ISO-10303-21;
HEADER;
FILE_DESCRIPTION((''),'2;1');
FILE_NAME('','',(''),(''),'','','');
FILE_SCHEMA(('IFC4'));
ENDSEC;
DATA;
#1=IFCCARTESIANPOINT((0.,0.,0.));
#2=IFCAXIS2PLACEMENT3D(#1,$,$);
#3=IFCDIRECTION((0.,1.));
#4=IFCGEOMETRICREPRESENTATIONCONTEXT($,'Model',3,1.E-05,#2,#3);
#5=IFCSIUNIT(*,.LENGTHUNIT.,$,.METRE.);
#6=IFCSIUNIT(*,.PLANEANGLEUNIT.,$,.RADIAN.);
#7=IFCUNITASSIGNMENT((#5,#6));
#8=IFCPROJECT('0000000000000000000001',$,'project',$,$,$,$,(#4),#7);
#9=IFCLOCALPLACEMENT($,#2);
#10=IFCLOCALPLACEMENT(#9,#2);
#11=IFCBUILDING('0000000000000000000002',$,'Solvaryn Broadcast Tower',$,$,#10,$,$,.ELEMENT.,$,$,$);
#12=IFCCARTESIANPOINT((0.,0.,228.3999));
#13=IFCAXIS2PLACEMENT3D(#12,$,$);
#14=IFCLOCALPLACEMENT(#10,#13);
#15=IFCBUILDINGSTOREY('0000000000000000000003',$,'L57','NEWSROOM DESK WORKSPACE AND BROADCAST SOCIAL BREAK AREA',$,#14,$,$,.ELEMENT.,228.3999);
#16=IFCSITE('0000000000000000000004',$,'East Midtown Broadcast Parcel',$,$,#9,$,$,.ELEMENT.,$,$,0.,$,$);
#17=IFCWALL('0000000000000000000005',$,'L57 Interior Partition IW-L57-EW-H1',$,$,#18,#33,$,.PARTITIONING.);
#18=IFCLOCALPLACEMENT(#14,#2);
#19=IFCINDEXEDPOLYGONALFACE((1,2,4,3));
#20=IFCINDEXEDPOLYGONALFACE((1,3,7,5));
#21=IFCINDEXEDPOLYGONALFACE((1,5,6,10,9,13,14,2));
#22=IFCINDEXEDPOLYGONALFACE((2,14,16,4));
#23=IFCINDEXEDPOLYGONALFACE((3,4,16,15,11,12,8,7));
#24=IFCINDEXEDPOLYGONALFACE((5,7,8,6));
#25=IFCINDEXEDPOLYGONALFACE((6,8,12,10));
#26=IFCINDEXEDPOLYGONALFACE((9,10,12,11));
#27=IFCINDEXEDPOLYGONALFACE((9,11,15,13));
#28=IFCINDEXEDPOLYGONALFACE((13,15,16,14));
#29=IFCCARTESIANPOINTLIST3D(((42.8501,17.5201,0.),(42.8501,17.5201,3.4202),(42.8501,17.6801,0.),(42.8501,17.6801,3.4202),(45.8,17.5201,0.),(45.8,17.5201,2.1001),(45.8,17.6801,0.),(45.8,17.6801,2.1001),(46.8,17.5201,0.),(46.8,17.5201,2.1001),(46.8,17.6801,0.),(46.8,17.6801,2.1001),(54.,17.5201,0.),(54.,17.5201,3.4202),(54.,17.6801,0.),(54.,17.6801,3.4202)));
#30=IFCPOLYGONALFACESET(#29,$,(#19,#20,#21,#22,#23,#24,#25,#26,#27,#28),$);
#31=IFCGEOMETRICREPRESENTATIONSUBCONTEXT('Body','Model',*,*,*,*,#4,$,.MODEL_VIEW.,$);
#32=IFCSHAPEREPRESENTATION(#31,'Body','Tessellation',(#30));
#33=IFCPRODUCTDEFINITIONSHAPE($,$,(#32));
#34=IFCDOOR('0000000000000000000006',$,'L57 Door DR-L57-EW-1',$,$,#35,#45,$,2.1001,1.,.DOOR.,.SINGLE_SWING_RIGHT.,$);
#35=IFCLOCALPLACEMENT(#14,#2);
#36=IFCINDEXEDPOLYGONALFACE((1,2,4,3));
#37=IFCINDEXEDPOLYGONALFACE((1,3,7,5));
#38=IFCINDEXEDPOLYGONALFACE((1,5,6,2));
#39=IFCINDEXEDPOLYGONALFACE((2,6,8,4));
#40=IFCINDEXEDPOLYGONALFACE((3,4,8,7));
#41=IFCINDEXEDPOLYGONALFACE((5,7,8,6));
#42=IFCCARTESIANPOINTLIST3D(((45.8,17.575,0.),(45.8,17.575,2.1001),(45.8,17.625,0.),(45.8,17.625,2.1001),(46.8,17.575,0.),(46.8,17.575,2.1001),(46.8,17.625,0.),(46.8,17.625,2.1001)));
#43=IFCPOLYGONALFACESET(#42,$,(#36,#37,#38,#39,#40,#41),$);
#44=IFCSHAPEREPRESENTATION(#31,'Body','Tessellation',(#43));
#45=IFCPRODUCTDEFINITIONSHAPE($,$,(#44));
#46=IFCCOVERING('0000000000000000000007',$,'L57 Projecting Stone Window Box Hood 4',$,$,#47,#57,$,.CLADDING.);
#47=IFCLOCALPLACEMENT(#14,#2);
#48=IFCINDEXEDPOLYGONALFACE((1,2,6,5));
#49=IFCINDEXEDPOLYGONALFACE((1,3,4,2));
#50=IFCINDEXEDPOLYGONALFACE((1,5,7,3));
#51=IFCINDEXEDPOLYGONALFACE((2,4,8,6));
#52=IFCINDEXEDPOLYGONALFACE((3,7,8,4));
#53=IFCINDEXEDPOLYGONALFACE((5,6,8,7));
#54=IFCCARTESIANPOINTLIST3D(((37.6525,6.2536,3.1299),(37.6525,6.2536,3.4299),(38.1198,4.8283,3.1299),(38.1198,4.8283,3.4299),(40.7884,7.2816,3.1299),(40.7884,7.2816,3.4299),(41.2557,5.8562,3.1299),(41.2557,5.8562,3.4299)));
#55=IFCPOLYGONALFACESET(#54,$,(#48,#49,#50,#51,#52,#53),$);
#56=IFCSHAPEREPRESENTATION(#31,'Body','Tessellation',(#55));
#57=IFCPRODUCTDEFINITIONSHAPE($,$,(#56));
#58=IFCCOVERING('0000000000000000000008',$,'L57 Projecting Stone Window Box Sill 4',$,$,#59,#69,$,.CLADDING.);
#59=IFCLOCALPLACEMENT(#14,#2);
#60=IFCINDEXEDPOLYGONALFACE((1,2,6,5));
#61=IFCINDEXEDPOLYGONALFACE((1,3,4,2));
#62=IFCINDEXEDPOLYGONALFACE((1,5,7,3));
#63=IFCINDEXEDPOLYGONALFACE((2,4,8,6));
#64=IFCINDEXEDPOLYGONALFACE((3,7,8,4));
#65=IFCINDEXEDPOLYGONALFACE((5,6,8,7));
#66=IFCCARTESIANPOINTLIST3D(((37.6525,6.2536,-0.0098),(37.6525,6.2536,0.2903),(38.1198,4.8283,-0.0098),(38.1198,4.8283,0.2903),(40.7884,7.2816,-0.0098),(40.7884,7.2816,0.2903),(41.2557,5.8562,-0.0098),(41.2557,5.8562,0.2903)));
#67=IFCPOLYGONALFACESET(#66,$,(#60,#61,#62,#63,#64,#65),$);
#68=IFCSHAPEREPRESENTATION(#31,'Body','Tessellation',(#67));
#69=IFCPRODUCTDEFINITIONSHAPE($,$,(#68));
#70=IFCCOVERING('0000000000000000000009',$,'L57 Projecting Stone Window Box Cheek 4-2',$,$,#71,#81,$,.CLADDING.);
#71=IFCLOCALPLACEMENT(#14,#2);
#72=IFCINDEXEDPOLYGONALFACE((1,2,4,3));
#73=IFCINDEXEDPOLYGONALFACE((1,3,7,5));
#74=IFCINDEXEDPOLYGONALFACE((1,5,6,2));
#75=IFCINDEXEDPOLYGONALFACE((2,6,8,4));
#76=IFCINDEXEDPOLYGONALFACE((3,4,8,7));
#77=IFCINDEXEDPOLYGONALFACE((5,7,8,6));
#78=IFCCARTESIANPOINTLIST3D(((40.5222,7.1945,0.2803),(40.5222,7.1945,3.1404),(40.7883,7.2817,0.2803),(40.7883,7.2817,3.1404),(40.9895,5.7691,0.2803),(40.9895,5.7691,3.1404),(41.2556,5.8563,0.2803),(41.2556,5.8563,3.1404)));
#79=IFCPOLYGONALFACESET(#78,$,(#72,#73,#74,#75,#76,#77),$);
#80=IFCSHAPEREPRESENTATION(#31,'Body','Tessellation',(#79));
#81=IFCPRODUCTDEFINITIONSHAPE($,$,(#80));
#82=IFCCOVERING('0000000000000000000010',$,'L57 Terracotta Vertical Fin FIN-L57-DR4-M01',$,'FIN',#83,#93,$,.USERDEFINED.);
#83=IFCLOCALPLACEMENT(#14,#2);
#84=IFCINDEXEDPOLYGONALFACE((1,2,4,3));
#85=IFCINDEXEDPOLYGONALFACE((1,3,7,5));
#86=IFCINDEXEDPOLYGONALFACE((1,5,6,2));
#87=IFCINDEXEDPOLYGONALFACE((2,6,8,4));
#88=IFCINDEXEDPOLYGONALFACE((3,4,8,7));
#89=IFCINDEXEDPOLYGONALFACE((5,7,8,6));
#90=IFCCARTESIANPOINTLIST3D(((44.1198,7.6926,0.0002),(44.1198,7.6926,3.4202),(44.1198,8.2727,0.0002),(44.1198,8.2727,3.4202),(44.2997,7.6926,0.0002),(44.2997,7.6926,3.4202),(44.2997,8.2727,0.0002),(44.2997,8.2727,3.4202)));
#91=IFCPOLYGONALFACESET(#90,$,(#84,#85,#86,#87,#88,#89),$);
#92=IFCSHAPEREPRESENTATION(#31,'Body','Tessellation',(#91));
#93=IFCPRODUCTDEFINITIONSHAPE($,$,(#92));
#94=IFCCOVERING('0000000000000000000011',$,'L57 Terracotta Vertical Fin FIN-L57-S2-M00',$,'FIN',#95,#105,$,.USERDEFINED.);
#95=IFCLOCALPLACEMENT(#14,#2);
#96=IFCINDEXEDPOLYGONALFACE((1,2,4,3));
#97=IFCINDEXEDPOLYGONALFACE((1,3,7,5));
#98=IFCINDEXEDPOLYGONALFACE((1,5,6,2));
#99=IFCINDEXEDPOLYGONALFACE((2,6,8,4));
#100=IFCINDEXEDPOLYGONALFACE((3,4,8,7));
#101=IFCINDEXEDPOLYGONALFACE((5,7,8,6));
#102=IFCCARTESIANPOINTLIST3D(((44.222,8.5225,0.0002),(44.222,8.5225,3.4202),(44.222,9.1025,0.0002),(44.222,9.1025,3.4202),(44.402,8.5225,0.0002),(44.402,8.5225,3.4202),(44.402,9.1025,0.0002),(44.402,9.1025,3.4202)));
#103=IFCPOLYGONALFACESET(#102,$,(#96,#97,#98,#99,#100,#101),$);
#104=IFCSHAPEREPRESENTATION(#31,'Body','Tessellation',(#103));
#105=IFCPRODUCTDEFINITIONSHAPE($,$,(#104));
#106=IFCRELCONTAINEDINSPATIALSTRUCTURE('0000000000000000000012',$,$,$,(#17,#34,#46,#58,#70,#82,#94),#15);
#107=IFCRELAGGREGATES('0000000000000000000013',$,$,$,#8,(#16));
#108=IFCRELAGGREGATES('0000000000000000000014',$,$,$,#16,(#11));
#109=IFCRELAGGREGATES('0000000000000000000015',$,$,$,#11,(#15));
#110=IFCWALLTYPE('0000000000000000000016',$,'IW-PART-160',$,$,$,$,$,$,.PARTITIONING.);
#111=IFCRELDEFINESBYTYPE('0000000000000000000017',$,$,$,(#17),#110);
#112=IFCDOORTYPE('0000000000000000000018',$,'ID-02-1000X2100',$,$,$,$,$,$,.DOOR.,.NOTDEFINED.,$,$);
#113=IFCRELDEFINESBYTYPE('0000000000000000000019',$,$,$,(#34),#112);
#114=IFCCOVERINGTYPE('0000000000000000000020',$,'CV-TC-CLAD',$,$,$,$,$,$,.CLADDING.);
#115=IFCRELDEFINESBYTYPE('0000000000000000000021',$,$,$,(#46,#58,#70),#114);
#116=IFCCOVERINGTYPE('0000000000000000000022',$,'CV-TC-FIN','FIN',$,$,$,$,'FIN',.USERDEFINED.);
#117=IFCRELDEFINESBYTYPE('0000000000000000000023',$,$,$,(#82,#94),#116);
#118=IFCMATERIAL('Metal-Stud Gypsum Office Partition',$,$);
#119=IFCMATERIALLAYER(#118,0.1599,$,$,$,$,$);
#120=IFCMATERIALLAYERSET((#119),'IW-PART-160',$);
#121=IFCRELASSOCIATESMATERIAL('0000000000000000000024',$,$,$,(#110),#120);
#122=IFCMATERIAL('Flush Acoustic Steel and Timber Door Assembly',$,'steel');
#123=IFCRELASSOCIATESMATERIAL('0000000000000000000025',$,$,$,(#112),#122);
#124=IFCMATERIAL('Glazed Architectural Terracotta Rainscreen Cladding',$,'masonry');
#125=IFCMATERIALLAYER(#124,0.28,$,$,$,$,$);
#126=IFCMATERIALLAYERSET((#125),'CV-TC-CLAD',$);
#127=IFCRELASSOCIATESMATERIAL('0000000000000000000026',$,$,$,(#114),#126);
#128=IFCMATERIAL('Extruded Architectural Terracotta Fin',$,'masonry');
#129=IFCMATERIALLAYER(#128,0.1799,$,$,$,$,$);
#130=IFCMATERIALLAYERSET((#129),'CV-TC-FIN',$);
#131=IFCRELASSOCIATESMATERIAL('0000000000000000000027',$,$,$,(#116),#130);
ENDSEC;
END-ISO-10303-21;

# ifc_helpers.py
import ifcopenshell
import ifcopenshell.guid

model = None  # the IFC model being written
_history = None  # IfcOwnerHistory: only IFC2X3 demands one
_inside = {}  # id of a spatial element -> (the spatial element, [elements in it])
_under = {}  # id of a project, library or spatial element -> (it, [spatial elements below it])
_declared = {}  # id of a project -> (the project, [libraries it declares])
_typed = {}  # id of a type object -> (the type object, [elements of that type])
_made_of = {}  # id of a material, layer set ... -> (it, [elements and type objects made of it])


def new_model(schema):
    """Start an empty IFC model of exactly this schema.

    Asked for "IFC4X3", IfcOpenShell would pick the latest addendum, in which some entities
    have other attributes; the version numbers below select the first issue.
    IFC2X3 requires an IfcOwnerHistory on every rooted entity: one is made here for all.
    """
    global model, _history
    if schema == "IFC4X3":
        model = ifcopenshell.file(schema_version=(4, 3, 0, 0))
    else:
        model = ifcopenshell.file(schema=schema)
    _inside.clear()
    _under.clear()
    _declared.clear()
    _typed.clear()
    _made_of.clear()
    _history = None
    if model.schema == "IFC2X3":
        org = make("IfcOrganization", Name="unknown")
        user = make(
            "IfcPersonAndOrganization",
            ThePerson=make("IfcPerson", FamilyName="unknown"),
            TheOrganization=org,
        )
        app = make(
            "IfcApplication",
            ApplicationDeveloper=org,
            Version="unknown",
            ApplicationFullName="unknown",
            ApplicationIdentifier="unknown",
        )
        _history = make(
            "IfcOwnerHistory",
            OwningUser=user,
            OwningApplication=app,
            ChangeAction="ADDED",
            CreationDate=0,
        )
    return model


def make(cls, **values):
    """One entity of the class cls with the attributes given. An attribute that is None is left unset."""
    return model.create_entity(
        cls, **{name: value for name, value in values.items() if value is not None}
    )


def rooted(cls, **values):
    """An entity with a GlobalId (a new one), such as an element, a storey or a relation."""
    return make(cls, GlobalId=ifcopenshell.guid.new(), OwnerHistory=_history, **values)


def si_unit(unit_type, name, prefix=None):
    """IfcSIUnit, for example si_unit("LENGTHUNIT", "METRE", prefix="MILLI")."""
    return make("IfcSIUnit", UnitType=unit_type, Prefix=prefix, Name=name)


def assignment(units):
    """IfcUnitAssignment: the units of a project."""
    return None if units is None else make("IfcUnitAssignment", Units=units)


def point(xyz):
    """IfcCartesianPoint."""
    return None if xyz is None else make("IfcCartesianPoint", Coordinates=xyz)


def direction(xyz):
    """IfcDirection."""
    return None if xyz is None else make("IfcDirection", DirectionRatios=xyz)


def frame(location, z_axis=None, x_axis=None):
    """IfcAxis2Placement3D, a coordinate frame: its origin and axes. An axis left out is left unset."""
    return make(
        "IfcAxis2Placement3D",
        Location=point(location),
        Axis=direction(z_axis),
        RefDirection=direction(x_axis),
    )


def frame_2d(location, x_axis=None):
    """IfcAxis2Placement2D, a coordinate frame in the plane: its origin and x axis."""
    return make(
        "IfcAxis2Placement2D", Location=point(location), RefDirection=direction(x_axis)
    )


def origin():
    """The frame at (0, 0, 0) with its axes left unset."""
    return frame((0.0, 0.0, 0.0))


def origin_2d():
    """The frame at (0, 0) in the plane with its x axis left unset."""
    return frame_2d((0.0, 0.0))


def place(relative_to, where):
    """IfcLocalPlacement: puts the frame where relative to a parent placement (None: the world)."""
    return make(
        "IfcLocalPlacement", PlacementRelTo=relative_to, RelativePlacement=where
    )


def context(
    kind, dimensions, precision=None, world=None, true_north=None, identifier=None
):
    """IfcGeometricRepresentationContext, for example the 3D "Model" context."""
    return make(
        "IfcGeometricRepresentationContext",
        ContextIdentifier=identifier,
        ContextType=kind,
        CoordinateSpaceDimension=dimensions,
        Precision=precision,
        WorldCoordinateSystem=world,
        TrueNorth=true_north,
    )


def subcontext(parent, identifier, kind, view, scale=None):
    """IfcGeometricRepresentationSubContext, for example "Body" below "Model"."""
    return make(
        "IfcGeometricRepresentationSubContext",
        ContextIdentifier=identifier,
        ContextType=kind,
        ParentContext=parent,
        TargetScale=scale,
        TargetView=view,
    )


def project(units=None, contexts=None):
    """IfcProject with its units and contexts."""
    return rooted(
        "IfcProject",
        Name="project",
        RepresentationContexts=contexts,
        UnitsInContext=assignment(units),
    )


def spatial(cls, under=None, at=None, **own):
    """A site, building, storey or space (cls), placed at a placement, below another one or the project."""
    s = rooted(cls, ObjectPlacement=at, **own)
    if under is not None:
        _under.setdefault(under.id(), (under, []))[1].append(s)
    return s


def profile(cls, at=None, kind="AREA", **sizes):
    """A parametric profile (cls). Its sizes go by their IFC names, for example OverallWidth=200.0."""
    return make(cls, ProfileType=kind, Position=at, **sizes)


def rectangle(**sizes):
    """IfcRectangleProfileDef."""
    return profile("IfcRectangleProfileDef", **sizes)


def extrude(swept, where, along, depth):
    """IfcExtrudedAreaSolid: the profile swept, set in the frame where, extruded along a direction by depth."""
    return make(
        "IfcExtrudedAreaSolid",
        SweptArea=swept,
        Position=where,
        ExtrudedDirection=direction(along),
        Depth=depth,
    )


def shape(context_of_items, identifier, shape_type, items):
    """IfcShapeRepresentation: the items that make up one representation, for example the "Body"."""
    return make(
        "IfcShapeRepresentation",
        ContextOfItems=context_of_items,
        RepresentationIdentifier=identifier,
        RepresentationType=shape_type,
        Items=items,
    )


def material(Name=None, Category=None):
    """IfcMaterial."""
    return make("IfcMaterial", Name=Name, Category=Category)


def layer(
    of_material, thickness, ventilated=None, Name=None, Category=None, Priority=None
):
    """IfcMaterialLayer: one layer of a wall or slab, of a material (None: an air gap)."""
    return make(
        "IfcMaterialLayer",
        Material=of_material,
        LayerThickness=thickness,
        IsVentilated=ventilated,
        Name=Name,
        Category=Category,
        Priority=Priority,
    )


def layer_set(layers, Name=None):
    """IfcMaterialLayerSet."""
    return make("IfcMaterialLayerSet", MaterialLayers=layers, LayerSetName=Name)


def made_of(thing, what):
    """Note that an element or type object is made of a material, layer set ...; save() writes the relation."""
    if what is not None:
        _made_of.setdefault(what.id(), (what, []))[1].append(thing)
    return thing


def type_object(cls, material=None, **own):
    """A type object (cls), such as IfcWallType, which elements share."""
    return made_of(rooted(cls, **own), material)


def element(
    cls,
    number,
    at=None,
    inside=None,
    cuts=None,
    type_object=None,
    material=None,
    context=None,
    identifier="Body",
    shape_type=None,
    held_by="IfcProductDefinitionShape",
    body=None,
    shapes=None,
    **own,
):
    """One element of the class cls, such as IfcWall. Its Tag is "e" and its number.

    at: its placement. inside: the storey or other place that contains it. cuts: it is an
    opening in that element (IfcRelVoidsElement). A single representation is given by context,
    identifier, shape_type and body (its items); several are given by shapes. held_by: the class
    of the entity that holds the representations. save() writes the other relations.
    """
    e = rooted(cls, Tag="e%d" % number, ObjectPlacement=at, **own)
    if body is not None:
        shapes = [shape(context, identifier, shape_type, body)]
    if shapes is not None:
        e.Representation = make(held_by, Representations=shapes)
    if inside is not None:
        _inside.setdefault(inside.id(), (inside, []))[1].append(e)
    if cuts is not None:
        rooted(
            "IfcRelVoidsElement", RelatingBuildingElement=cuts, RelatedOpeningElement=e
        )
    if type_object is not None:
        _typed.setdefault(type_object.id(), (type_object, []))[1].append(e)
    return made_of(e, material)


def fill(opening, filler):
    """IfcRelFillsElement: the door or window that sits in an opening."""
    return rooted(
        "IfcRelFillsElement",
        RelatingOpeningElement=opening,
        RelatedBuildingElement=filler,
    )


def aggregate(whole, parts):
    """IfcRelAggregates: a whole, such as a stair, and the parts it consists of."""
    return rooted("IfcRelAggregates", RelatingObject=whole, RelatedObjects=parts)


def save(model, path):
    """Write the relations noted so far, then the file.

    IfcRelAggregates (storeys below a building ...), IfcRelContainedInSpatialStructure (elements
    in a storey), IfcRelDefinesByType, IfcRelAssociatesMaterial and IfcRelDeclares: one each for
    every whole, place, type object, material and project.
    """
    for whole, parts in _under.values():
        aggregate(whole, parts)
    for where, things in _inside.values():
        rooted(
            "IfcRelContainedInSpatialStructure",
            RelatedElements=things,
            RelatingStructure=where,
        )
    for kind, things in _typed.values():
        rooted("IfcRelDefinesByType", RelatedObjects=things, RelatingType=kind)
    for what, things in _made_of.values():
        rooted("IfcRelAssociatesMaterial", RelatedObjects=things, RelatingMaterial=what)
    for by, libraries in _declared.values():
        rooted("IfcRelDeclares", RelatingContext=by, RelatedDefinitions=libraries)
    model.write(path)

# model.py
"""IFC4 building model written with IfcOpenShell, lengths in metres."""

from ifc_helpers import new_model, si_unit, direction, frame, frame_2d, origin, origin_2d, place, context, subcontext, project, spatial, rectangle, extrude, material, layer, layer_set, type_object, element, fill, save


model = new_model("IFC4")

# Units and contexts
model_context = context("Model", 3, precision=1e-05, world=origin(), true_north=direction((0.0, 1.0)))
body_context = subcontext(model_context, "Body", "Model", "MODEL_VIEW")
ifc_project = project(units=[si_unit("LENGTHUNIT", "METRE"), si_unit("PLANEANGLEUNIT", "RADIAN")], contexts=[model_context])

# Site, building, storey
site_placement = place(None, origin())
site = spatial("IfcSite", under=ifc_project, at=site_placement, Name="East Midtown Broadcast Parcel", CompositionType="ELEMENT", RefElevation=0.0)
building_placement = place(site_placement, origin())
building = spatial("IfcBuilding", under=site, at=building_placement, Name="Solvaryn Broadcast Tower", CompositionType="ELEMENT")
storey_placement = place(building_placement, frame((0.0, 0.0, 228.3999)))
storey = spatial("IfcBuildingStorey", under=building, at=storey_placement, Name="L57", Description="NEWSROOM DESK WORKSPACE AND BROADCAST SOCIAL BREAK AREA", CompositionType="ELEMENT", Elevation=228.3999)

# Shared definitions
ifc_material_1 = material(Name="Metal-Stud Gypsum Office Partition")
ifc_layer_1 = layer(ifc_material_1, 0.1599)
ifc_layer_set_1 = layer_set([ifc_layer_1], Name="IW-PART-160")
wall_type_1 = type_object("IfcWallType", Name="IW-PART-160", PredefinedType="PARTITIONING", material=ifc_layer_set_1)

# Wall, opening, door
wall_1_placement = place(storey_placement, frame((42.8501, 17.6001, 0.0), z_axis=(0.0, 0.0, 1.0), x_axis=(1.0, 0.0, 0.0)))
wall_1 = element("IfcWall", 1, at=wall_1_placement, inside=storey, type_object=wall_type_1, Name="L57 Interior Partition IW-L57-EW-H1", PredefinedType="PARTITIONING", context=body_context, shape_type="SweptSolid", body=[
    extrude(rectangle(XDim=11.1499, YDim=0.1599, at=frame_2d((5.575, 0.0))), origin(), (0.0, 0.0, 1.0), 3.4202),
])
opening_1_placement = place(wall_1_placement, frame((2.95, 0.0, 0.0)))
opening_1 = element("IfcOpeningElement", 2, at=opening_1_placement, cuts=wall_1, PredefinedType="OPENING", context=body_context, shape_type="SweptSolid", body=[
    extrude(rectangle(XDim=1.0, YDim=2.1001, at=frame_2d((0.5, 1.05))), frame((0.0, 0.0901, 0.0), z_axis=(0.0, -1.0, 0.0), x_axis=(1.0, 0.0, 0.0)), (0.0, 0.0, 1.0), 0.1799),
])
ifc_material_2 = material(Name="Flush Acoustic Steel and Timber Door Assembly", Category="steel")
door_type_1 = type_object("IfcDoorType", Name="ID-02-1000X2100", OperationType="NOTDEFINED", PredefinedType="DOOR", material=ifc_material_2)
door_1_placement = place(opening_1_placement, origin())
door_1 = element("IfcDoor", 3, at=door_1_placement, inside=storey, type_object=door_type_1, Name="L57 Door DR-L57-EW-1", OperationType="SINGLE_SWING_RIGHT", OverallHeight=2.1001, OverallWidth=1.0, PredefinedType="DOOR", context=body_context, shape_type="SweptSolid", body=[
    extrude(rectangle(XDim=1.0, YDim=2.1001, at=frame_2d((0.5, 1.05))), frame((0.0, 0.0249, 0.0), z_axis=(0.0, -1.0, 0.0), x_axis=(1.0, 0.0, 0.0)), (0.0, 0.0, 1.0), 0.05),
])
fill(opening_1, door_1)

# Coverings
ifc_material_3 = material(Name="Glazed Architectural Terracotta Rainscreen Cladding", Category="masonry")
ifc_layer_2 = layer(ifc_material_3, 0.28)
ifc_layer_set_2 = layer_set([ifc_layer_2], Name="CV-TC-CLAD")
covering_type_1 = type_object("IfcCoveringType", Name="CV-TC-CLAD", PredefinedType="CLADDING", material=ifc_layer_set_2)
for number, where, z_axis, x_axis, name in (
    (4, (39.4541, 6.0549, 3.1299), (0.0, 0.0, 1.0), (0.950244, 0.311506, 0.0), "L57 Projecting Stone Window Box Hood 4"),
    (5, (39.4541, 6.0549, -0.0098), (0.0, 0.0, 1.0), (0.950244, 0.311506, 0.0), "L57 Projecting Stone Window Box Sill 4"),
):
    element("IfcCovering", number, at=place(storey_placement, frame(where, z_axis=z_axis, x_axis=x_axis)), inside=storey, type_object=covering_type_1, Name=name, PredefinedType="CLADDING", context=body_context, shape_type="SweptSolid", body=[
        extrude(rectangle(XDim=3.3, YDim=1.5, at=origin_2d()), origin(), (0.0, 0.0, 1.0), 0.3),
    ])
covering_placement = place(storey_placement, frame((40.8889, 6.5254, 0.2803), z_axis=(0.0, 0.0, 1.0), x_axis=(0.950244, 0.311506, 0.0)))
element("IfcCovering", 6, at=covering_placement, inside=storey, type_object=covering_type_1, Name="L57 Projecting Stone Window Box Cheek 4-2", PredefinedType="CLADDING", context=body_context, shape_type="SweptSolid", body=[
    extrude(rectangle(XDim=0.28, YDim=1.5, at=origin_2d()), origin(), (0.0, 0.0, 1.0), 2.8601),
])
ifc_material_4 = material(Name="Extruded Architectural Terracotta Fin", Category="masonry")
ifc_layer_3 = layer(ifc_material_4, 0.1799)
ifc_layer_set_3 = layer_set([ifc_layer_3], Name="CV-TC-FIN")
covering_type_2 = type_object("IfcCoveringType", Name="CV-TC-FIN", Description="FIN", ElementType="FIN", PredefinedType="USERDEFINED", material=ifc_layer_set_3)
for number, where, z_axis, x_axis, name in (
    (7, (44.2097, 7.9827, 0.0002), (0.0, 0.0, 1.0), (1.0, 0.0, 0.0), "L57 Terracotta Vertical Fin FIN-L57-DR4-M01"),
    (8, (44.312, 8.8125, 0.0002), (0.0, 0.0, 1.0), (1.0, 0.0, 0.0), "L57 Terracotta Vertical Fin FIN-L57-S2-M00"),
):
    element("IfcCovering", number, at=place(storey_placement, frame(where, z_axis=z_axis, x_axis=x_axis)), inside=storey, type_object=covering_type_2, Name=name, ObjectType="FIN", PredefinedType="USERDEFINED", context=body_context, shape_type="SweptSolid", body=[
        extrude(rectangle(XDim=0.1799, YDim=0.5801, at=origin_2d()), origin(), (0.0, 0.0, 1.0), 3.4199),
    ])

save(model, "model.ifc")
